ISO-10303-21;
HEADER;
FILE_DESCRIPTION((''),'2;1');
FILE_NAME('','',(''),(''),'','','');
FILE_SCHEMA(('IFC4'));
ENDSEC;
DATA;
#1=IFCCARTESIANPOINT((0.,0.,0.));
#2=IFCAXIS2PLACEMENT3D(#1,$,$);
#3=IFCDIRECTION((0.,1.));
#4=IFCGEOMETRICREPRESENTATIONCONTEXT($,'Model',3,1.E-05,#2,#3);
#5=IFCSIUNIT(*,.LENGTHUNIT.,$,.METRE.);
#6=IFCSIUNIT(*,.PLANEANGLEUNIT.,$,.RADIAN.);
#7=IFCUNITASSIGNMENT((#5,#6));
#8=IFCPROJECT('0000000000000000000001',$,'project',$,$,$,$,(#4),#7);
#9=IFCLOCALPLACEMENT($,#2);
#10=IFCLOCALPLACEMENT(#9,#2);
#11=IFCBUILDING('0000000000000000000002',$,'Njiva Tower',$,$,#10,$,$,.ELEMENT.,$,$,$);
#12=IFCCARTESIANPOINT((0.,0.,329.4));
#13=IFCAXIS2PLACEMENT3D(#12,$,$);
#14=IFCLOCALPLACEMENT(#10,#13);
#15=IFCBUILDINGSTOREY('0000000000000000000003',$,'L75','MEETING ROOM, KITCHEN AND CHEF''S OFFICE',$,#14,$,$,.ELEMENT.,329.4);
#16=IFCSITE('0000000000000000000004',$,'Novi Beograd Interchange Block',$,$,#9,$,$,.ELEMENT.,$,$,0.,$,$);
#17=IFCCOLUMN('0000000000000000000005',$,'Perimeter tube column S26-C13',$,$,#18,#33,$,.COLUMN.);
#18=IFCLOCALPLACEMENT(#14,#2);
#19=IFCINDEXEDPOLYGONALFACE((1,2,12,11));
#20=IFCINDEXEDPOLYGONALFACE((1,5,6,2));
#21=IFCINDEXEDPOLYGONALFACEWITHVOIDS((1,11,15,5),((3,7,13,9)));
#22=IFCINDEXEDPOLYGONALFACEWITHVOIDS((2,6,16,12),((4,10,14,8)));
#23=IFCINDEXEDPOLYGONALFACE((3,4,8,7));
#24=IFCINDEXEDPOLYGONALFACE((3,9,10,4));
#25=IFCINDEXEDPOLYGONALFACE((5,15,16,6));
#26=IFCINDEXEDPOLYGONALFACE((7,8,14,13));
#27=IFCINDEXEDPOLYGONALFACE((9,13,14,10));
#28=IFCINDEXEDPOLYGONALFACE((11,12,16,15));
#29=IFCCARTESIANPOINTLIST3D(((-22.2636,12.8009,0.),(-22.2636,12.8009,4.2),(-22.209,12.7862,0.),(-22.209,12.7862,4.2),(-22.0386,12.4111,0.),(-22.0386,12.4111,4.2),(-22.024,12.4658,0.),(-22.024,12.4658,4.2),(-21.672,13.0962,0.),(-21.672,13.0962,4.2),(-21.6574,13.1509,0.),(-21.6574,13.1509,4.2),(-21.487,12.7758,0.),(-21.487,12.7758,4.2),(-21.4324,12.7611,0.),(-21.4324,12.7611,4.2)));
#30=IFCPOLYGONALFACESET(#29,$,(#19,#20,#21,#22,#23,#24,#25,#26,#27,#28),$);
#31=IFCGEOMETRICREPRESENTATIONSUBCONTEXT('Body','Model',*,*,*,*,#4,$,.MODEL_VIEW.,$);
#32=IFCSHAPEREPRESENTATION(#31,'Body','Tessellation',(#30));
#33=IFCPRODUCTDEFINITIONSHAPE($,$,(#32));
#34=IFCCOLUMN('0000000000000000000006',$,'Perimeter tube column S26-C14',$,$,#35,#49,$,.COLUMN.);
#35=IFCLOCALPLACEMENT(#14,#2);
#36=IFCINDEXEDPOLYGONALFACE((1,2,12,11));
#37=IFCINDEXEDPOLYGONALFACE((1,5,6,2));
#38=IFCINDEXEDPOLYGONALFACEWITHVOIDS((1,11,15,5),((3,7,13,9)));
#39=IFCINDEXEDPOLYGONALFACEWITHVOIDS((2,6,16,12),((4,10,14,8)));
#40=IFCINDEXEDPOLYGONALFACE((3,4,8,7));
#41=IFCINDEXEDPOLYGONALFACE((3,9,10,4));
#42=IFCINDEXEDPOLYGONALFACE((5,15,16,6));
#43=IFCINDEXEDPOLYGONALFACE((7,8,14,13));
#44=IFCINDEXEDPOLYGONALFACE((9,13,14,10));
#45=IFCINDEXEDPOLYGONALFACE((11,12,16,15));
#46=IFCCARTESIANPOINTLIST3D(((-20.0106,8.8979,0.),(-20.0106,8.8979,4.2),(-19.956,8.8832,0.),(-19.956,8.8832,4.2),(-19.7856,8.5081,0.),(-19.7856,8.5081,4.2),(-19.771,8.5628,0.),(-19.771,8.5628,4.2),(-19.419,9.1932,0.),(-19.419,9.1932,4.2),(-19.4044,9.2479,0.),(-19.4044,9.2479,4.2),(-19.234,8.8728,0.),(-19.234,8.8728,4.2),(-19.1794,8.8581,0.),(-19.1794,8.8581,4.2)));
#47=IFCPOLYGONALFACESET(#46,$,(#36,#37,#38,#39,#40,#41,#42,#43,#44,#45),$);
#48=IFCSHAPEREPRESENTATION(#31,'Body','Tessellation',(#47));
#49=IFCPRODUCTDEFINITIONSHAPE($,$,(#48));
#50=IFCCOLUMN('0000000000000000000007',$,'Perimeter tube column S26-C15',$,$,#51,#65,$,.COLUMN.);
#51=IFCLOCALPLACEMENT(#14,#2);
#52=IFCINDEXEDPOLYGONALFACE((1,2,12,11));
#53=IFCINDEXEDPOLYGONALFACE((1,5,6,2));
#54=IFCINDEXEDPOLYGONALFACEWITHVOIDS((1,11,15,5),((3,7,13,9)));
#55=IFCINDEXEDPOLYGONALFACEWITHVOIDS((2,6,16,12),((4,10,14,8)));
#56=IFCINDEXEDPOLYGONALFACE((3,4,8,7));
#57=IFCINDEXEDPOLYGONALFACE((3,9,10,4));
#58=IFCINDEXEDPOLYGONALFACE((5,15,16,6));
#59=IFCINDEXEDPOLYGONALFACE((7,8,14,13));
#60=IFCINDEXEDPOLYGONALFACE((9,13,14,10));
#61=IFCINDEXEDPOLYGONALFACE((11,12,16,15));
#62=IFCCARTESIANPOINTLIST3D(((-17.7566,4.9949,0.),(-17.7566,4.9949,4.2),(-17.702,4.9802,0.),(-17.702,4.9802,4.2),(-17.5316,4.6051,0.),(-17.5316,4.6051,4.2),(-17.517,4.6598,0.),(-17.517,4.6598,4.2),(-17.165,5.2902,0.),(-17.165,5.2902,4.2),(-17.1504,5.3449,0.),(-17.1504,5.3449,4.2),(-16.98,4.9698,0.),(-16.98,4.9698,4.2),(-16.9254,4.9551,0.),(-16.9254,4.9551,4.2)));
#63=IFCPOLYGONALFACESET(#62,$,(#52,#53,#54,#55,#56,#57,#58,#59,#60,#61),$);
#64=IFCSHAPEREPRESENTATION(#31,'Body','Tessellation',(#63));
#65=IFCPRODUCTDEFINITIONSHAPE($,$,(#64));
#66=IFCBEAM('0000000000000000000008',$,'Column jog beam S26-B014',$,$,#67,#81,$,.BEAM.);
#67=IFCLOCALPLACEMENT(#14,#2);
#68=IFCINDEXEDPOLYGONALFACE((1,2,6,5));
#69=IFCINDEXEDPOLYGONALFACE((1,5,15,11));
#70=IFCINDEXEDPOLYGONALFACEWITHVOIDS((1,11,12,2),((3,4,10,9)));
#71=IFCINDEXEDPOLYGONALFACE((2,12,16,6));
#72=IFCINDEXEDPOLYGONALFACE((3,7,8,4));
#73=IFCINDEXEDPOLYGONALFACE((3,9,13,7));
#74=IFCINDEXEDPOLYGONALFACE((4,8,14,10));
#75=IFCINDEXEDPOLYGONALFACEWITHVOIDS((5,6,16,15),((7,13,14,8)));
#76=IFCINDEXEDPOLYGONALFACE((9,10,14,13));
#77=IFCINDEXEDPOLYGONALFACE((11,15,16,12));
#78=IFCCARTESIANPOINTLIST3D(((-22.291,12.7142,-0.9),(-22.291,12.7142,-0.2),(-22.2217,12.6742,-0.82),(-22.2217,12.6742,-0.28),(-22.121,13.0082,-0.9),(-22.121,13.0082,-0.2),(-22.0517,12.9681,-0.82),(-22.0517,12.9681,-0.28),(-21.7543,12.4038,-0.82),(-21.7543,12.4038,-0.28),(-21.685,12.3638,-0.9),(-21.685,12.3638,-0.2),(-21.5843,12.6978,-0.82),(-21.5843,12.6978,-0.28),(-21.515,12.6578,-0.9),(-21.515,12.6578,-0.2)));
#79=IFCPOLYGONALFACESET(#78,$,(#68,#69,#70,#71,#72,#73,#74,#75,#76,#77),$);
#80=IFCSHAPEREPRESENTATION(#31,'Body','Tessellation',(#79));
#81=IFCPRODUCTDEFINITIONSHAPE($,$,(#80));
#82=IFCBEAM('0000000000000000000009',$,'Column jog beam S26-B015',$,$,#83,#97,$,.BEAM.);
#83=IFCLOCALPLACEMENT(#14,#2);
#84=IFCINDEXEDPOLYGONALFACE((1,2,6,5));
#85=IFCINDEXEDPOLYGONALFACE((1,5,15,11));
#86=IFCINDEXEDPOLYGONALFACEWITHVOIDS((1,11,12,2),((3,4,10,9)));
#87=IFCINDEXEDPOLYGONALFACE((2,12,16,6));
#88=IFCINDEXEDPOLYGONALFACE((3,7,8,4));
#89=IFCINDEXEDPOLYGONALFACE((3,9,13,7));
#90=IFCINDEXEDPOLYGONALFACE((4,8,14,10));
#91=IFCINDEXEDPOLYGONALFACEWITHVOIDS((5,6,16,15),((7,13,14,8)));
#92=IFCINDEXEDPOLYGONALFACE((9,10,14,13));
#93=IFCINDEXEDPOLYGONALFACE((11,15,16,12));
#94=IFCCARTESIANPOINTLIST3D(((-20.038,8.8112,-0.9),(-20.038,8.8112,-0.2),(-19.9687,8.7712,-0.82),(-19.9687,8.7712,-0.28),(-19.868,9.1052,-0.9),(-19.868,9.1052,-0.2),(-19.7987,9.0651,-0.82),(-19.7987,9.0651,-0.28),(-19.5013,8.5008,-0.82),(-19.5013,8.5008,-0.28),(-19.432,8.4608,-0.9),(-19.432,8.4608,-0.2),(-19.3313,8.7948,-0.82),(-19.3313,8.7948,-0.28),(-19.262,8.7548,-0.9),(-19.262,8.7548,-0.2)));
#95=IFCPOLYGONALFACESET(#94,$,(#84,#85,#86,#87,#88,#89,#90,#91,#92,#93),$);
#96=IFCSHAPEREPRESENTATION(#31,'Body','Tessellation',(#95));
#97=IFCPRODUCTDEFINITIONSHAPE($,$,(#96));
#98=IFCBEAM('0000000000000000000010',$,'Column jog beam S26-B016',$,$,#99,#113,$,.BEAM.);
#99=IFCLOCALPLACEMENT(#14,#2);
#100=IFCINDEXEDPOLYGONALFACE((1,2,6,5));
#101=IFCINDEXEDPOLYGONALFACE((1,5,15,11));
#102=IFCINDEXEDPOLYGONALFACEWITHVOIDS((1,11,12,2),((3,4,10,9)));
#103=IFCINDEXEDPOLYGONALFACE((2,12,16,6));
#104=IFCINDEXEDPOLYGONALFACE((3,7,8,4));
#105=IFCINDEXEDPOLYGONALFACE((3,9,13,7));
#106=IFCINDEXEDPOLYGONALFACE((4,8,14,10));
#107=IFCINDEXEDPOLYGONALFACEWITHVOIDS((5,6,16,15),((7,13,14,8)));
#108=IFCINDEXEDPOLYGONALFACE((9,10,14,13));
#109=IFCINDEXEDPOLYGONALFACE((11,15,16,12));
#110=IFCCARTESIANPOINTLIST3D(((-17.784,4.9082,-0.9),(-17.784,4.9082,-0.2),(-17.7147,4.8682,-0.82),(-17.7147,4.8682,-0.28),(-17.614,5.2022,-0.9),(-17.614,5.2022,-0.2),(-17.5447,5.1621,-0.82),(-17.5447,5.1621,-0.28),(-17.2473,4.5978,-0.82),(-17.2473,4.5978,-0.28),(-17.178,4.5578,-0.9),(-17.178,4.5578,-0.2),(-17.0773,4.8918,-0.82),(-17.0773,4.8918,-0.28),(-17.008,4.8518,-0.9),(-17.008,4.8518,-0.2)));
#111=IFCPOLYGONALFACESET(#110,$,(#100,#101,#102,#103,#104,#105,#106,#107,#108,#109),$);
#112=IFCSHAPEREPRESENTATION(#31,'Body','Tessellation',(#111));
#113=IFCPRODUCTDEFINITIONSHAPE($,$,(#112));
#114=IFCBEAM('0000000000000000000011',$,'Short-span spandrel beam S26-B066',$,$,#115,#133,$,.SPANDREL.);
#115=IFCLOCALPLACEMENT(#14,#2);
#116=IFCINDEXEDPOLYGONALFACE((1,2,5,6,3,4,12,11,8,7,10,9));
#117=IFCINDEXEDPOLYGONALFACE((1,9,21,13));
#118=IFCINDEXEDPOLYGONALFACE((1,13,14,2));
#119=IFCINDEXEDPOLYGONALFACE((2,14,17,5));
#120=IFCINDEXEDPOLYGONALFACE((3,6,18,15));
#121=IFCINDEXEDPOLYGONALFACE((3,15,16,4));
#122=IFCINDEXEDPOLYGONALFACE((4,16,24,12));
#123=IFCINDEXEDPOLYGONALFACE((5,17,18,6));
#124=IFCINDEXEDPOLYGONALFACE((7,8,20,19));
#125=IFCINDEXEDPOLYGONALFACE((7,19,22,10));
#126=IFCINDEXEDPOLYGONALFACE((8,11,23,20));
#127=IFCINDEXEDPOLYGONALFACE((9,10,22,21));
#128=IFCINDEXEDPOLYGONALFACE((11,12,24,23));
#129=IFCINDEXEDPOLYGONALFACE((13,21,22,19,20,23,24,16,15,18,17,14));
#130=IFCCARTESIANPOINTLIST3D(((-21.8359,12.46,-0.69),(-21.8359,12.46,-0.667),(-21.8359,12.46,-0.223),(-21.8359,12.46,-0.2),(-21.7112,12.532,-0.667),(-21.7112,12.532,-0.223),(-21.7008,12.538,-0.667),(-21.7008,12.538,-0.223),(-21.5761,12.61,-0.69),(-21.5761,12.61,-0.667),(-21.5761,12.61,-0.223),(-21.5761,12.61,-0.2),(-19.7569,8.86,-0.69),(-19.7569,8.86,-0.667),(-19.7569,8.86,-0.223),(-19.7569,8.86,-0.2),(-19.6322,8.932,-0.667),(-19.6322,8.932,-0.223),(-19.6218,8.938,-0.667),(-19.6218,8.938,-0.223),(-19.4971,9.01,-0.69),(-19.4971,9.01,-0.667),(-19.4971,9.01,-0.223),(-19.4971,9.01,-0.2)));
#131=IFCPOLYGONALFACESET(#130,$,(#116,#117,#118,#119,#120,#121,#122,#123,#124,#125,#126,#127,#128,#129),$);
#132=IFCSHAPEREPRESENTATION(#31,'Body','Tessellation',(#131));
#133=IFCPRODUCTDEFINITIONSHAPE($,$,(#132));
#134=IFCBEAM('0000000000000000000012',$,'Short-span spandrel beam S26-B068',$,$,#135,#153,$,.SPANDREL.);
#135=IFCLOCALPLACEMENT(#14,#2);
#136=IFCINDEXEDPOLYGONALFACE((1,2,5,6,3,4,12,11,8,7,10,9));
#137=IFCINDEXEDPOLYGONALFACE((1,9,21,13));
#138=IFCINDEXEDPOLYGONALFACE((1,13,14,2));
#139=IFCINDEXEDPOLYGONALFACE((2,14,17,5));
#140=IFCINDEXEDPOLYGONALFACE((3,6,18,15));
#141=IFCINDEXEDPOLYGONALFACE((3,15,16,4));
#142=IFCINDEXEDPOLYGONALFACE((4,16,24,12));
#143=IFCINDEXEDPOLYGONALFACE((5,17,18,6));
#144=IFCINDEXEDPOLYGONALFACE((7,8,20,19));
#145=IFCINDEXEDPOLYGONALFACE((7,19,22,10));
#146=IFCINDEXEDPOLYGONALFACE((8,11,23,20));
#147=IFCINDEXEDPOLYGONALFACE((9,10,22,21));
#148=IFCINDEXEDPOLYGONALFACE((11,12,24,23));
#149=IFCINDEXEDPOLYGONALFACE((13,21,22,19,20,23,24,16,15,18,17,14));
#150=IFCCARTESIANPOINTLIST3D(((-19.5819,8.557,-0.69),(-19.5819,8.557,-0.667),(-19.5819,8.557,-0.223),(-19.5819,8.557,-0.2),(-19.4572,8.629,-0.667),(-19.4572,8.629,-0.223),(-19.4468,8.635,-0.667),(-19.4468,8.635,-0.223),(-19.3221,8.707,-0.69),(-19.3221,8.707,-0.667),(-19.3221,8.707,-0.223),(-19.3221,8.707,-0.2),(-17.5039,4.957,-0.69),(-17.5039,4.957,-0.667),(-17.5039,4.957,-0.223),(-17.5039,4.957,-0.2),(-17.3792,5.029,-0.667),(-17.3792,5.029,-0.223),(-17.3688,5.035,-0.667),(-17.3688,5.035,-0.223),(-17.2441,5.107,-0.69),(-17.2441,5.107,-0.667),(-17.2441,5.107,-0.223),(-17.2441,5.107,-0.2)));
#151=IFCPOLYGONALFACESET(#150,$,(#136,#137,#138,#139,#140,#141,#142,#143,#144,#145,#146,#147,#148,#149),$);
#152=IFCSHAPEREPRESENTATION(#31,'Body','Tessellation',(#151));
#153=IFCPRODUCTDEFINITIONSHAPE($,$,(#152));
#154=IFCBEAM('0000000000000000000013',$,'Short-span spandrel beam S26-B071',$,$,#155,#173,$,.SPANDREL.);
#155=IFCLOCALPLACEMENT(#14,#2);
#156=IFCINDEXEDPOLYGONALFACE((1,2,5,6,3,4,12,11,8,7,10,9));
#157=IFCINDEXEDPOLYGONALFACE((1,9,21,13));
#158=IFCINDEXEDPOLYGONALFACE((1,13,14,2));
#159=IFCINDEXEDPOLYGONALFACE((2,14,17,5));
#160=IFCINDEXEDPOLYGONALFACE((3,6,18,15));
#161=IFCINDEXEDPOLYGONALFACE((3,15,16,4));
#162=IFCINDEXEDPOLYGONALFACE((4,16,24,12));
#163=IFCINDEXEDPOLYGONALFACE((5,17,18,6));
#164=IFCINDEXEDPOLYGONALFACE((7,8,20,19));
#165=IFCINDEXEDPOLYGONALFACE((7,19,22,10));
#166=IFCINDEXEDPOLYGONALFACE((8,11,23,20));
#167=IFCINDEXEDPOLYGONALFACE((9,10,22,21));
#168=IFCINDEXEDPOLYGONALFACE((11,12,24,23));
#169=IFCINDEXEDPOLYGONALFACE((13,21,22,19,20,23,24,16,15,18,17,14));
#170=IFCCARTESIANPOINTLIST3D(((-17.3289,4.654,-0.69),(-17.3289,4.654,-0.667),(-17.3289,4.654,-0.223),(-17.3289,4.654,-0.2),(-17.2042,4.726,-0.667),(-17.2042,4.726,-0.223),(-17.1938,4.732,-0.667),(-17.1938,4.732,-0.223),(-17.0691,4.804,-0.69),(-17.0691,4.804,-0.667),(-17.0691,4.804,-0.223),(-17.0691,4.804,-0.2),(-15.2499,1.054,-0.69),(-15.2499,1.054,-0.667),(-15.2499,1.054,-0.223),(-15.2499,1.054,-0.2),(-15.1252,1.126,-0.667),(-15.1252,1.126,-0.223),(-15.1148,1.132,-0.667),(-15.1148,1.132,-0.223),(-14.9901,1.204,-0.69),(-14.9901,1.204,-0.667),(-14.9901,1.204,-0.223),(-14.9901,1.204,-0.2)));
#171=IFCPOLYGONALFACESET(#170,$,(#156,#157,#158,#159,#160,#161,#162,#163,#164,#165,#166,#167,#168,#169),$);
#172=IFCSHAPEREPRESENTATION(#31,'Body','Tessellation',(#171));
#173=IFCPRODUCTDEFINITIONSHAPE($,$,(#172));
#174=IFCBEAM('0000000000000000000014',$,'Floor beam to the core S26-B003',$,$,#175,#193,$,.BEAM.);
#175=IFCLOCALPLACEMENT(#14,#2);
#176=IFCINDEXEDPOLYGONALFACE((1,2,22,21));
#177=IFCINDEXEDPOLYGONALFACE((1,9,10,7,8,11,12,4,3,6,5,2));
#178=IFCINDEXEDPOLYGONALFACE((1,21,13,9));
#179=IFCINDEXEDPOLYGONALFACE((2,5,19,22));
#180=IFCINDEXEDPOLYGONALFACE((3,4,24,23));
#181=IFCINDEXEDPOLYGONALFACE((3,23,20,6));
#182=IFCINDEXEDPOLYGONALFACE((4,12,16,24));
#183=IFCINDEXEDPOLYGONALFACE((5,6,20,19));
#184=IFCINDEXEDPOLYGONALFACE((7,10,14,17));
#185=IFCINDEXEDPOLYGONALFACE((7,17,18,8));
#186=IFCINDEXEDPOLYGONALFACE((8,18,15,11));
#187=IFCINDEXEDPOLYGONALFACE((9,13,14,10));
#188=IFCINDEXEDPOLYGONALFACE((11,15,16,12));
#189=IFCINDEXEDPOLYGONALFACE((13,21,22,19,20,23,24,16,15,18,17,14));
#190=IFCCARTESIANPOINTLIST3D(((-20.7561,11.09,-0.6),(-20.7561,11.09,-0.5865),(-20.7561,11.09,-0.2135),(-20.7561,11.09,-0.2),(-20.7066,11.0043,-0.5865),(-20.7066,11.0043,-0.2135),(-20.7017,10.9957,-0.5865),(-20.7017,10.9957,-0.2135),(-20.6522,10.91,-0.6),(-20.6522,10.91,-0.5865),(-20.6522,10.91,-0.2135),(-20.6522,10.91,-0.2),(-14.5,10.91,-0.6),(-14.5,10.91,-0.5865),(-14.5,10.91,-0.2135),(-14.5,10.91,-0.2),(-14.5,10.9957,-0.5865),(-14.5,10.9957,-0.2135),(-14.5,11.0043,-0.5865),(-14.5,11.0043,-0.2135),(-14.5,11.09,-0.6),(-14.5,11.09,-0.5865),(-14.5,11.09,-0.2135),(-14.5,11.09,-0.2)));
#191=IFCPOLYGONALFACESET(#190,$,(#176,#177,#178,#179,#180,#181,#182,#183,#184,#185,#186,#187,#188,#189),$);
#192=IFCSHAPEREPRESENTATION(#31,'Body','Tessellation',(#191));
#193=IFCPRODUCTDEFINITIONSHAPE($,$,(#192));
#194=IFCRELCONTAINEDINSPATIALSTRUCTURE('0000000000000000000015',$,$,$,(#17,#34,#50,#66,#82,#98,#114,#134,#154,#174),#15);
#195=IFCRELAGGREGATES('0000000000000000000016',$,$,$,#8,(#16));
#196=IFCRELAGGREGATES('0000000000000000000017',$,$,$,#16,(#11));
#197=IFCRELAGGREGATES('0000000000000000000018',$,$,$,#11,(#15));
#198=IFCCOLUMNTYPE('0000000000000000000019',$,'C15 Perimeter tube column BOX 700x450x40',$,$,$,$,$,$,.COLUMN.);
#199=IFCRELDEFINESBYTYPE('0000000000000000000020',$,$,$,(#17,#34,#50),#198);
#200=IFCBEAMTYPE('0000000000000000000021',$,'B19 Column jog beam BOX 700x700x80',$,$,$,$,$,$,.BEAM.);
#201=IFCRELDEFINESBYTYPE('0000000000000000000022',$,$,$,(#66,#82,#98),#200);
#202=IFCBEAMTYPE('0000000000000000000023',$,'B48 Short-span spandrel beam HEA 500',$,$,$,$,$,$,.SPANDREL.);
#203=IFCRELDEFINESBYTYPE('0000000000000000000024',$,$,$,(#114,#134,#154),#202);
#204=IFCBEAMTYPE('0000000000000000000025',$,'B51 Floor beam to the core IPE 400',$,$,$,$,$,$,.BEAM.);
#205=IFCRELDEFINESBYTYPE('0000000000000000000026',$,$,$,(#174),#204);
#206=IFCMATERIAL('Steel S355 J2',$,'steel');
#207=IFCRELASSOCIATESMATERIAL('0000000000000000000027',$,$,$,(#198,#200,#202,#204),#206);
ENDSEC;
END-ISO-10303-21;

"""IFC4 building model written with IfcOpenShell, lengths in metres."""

from ifc_helpers import new_model, si_unit, direction, frame, origin, origin_2d, place, context, subcontext, project, spatial, hollow_rectangle, i_section, extrude, clip, halfspace, material, material_profile, profile_set, type_object, element, save


model = new_model("IFC4")

# Units and contexts
model_context = context("Model", 3, precision=1e-05, world=origin(), true_north=direction((0.0, 1.0)))
body_context = subcontext(model_context, "Body", "Model", "MODEL_VIEW")
ifc_project = project(units=[si_unit("LENGTHUNIT", "METRE"), si_unit("PLANEANGLEUNIT", "RADIAN")], contexts=[model_context])

# Site, building, storey
site_placement = place(None, origin())
site = spatial("IfcSite", under=ifc_project, at=site_placement, Name="Novi Beograd Interchange Block", CompositionType="ELEMENT", RefElevation=0.0)
building_placement = place(site_placement, origin())
building = spatial("IfcBuilding", under=site, at=building_placement, Name="Njiva Tower", CompositionType="ELEMENT")
storey_placement = place(building_placement, frame((0.0, 0.0, 329.4)))
storey = spatial("IfcBuildingStorey", under=building, at=storey_placement, Name="L75", Description="MEETING ROOM, KITCHEN AND CHEF'S OFFICE", CompositionType="ELEMENT", Elevation=329.4)

# Columns
ifc_material_1 = material(Name="Steel S355 J2", Category="steel")
ifc_material_profile_1 = material_profile(ifc_material_1, hollow_rectangle(XDim=0.45, YDim=0.7, WallThickness=0.04, at=origin_2d()), Name="BOX 700x450x40")
ifc_profile_set_1 = profile_set([ifc_material_profile_1], Name="Steel S355 J2")
column_type = type_object("IfcColumnType", Name="C15 Perimeter tube column BOX 700x450x40", PredefinedType="COLUMN", material=ifc_profile_set_1)
for number, where, z_axis, x_axis, name in (
    (1, (-21.848, 12.781, 0.0), (0.0, 0.0, 1.0), (0.5, -0.866025, 0.0), "Perimeter tube column S26-C13"),
    (2, (-19.595, 8.878, 0.0), (0.0, 0.0, 1.0), (0.5, -0.866025, 0.0), "Perimeter tube column S26-C14"),
    (3, (-17.341, 4.975, 0.0), (0.0, 0.0, 1.0), (0.5, -0.866025, 0.0), "Perimeter tube column S26-C15"),
):
    element("IfcColumn", number, at=place(storey_placement, frame(where, z_axis=z_axis, x_axis=x_axis)), inside=storey, type_object=column_type, Name=name, PredefinedType="COLUMN", context=body_context, shape_type="SweptSolid", body=[
        extrude(hollow_rectangle(XDim=0.45, YDim=0.7, WallThickness=0.04, at=origin_2d()), origin(), (0.0, 0.0, 1.0), 4.2),
    ])

# Beams
ifc_material_profile_2 = material_profile(ifc_material_1, hollow_rectangle(XDim=0.7, YDim=0.7, WallThickness=0.08, at=origin_2d()), Name="BOX 700x700x80")
ifc_profile_set_2 = profile_set([ifc_material_profile_2], Name="Steel S355 J2")
beam_type_1 = type_object("IfcBeamType", Name="B19 Column jog beam BOX 700x700x80", PredefinedType="BEAM", material=ifc_profile_set_2)
for number, where, z_axis, x_axis, name in (
    (4, (-21.988, 12.539, -0.55), (0.500572, 0.865695, 0.0), (-0.865695, 0.500572, 0.0), "Column jog beam S26-B014"),
    (5, (-19.735, 8.636, -0.55), (0.500572, 0.865695, 0.0), (-0.865695, 0.500572, 0.0), "Column jog beam S26-B015"),
    (6, (-17.481, 4.733, -0.55), (0.500572, 0.865695, 0.0), (-0.865695, 0.500572, 0.0), "Column jog beam S26-B016"),
):
    element("IfcBeam", number, at=place(storey_placement, frame(where, z_axis=z_axis, x_axis=x_axis)), inside=storey, type_object=beam_type_1, Name=name, PredefinedType="BEAM", context=body_context, shape_type="SweptSolid", body=[
        extrude(hollow_rectangle(XDim=0.7, YDim=0.7, WallThickness=0.08, at=origin_2d()), origin(), (0.0, 0.0, 1.0), 0.3396),
    ])
ifc_material_profile_3 = material_profile(ifc_material_1, i_section(OverallWidth=0.3, OverallDepth=0.49, WebThickness=0.012, FlangeThickness=0.023, at=origin_2d()), Name="HEA 500")
ifc_profile_set_3 = profile_set([ifc_material_profile_3], Name="Steel S355 J2")
beam_type_2 = type_object("IfcBeamType", Name="B48 Short-span spandrel beam HEA 500", PredefinedType="SPANDREL", material=ifc_profile_set_3)
beam_1_placement = place(storey_placement, frame((-21.706, 12.535, -0.445), z_axis=(0.500097, -0.865969, 0.0), x_axis=(0.865969, 0.500097, 0.0)))
element("IfcBeam", 7, at=beam_1_placement, inside=storey, type_object=beam_type_2, Name="Short-span spandrel beam S26-B066", PredefinedType="SPANDREL", context=body_context, shape_type="SweptSolid", body=[
    extrude(i_section(OverallWidth=0.3, OverallDepth=0.49, WebThickness=0.012, FlangeThickness=0.023, at=origin_2d()), origin(), (0.0, 0.0, 1.0), 4.1572),
])
beam_2_placement = place(storey_placement, frame((-19.452, 8.632, -0.445), z_axis=(0.499917, -0.866073, 0.0), x_axis=(0.866073, 0.499917, 0.0)))
element("IfcBeam", 8, at=beam_2_placement, inside=storey, type_object=beam_type_2, Name="Short-span spandrel beam S26-B068", PredefinedType="SPANDREL", context=body_context, shape_type="SweptSolid", body=[
    extrude(i_section(OverallWidth=0.3, OverallDepth=0.49, WebThickness=0.012, FlangeThickness=0.023, at=origin_2d()), origin(), (0.0, 0.0, 1.0), 4.1567),
])
beam_3_placement = place(storey_placement, frame((-17.199, 4.729, -0.445), z_axis=(0.500097, -0.865969, 0.0), x_axis=(0.865969, 0.500097, 0.0)))
element("IfcBeam", 9, at=beam_3_placement, inside=storey, type_object=beam_type_2, Name="Short-span spandrel beam S26-B071", PredefinedType="SPANDREL", context=body_context, shape_type="SweptSolid", body=[
    extrude(i_section(OverallWidth=0.3, OverallDepth=0.49, WebThickness=0.012, FlangeThickness=0.023, at=origin_2d()), origin(), (0.0, 0.0, 1.0), 4.1572),
])
ifc_material_profile_4 = material_profile(ifc_material_1, i_section(OverallWidth=0.18, OverallDepth=0.4, WebThickness=0.0086, FlangeThickness=0.0135, at=origin_2d()), Name="IPE 400")
ifc_profile_set_4 = profile_set([ifc_material_profile_4], Name="Steel S355 J2")
beam_type_3 = type_object("IfcBeamType", Name="B51 Floor beam to the core IPE 400", PredefinedType="BEAM", material=ifc_profile_set_4)
beam_4_placement = place(storey_placement, frame((-20.776, 11.0, -0.4), z_axis=(1.0, 0.0, 0.0), x_axis=(0.0, 1.0, 0.0)))
element("IfcBeam", 10, at=beam_4_placement, inside=storey, type_object=beam_type_3, Name="Floor beam to the core S26-B003", PredefinedType="BEAM", context=body_context, shape_type="Clipping", body=[
    clip(extrude(i_section(OverallWidth=0.18, OverallDepth=0.4, WebThickness=0.0086, FlangeThickness=0.0135, at=origin_2d()), origin(), (0.0, 0.0, 1.0), 6.276), halfspace(frame((-0.025, 0.0, 0.0863), z_axis=(-0.499998, 0.0, -0.866027), x_axis=(0.0, -1.0, 0.0)), False)),
])

save(model, "model.ifc")
